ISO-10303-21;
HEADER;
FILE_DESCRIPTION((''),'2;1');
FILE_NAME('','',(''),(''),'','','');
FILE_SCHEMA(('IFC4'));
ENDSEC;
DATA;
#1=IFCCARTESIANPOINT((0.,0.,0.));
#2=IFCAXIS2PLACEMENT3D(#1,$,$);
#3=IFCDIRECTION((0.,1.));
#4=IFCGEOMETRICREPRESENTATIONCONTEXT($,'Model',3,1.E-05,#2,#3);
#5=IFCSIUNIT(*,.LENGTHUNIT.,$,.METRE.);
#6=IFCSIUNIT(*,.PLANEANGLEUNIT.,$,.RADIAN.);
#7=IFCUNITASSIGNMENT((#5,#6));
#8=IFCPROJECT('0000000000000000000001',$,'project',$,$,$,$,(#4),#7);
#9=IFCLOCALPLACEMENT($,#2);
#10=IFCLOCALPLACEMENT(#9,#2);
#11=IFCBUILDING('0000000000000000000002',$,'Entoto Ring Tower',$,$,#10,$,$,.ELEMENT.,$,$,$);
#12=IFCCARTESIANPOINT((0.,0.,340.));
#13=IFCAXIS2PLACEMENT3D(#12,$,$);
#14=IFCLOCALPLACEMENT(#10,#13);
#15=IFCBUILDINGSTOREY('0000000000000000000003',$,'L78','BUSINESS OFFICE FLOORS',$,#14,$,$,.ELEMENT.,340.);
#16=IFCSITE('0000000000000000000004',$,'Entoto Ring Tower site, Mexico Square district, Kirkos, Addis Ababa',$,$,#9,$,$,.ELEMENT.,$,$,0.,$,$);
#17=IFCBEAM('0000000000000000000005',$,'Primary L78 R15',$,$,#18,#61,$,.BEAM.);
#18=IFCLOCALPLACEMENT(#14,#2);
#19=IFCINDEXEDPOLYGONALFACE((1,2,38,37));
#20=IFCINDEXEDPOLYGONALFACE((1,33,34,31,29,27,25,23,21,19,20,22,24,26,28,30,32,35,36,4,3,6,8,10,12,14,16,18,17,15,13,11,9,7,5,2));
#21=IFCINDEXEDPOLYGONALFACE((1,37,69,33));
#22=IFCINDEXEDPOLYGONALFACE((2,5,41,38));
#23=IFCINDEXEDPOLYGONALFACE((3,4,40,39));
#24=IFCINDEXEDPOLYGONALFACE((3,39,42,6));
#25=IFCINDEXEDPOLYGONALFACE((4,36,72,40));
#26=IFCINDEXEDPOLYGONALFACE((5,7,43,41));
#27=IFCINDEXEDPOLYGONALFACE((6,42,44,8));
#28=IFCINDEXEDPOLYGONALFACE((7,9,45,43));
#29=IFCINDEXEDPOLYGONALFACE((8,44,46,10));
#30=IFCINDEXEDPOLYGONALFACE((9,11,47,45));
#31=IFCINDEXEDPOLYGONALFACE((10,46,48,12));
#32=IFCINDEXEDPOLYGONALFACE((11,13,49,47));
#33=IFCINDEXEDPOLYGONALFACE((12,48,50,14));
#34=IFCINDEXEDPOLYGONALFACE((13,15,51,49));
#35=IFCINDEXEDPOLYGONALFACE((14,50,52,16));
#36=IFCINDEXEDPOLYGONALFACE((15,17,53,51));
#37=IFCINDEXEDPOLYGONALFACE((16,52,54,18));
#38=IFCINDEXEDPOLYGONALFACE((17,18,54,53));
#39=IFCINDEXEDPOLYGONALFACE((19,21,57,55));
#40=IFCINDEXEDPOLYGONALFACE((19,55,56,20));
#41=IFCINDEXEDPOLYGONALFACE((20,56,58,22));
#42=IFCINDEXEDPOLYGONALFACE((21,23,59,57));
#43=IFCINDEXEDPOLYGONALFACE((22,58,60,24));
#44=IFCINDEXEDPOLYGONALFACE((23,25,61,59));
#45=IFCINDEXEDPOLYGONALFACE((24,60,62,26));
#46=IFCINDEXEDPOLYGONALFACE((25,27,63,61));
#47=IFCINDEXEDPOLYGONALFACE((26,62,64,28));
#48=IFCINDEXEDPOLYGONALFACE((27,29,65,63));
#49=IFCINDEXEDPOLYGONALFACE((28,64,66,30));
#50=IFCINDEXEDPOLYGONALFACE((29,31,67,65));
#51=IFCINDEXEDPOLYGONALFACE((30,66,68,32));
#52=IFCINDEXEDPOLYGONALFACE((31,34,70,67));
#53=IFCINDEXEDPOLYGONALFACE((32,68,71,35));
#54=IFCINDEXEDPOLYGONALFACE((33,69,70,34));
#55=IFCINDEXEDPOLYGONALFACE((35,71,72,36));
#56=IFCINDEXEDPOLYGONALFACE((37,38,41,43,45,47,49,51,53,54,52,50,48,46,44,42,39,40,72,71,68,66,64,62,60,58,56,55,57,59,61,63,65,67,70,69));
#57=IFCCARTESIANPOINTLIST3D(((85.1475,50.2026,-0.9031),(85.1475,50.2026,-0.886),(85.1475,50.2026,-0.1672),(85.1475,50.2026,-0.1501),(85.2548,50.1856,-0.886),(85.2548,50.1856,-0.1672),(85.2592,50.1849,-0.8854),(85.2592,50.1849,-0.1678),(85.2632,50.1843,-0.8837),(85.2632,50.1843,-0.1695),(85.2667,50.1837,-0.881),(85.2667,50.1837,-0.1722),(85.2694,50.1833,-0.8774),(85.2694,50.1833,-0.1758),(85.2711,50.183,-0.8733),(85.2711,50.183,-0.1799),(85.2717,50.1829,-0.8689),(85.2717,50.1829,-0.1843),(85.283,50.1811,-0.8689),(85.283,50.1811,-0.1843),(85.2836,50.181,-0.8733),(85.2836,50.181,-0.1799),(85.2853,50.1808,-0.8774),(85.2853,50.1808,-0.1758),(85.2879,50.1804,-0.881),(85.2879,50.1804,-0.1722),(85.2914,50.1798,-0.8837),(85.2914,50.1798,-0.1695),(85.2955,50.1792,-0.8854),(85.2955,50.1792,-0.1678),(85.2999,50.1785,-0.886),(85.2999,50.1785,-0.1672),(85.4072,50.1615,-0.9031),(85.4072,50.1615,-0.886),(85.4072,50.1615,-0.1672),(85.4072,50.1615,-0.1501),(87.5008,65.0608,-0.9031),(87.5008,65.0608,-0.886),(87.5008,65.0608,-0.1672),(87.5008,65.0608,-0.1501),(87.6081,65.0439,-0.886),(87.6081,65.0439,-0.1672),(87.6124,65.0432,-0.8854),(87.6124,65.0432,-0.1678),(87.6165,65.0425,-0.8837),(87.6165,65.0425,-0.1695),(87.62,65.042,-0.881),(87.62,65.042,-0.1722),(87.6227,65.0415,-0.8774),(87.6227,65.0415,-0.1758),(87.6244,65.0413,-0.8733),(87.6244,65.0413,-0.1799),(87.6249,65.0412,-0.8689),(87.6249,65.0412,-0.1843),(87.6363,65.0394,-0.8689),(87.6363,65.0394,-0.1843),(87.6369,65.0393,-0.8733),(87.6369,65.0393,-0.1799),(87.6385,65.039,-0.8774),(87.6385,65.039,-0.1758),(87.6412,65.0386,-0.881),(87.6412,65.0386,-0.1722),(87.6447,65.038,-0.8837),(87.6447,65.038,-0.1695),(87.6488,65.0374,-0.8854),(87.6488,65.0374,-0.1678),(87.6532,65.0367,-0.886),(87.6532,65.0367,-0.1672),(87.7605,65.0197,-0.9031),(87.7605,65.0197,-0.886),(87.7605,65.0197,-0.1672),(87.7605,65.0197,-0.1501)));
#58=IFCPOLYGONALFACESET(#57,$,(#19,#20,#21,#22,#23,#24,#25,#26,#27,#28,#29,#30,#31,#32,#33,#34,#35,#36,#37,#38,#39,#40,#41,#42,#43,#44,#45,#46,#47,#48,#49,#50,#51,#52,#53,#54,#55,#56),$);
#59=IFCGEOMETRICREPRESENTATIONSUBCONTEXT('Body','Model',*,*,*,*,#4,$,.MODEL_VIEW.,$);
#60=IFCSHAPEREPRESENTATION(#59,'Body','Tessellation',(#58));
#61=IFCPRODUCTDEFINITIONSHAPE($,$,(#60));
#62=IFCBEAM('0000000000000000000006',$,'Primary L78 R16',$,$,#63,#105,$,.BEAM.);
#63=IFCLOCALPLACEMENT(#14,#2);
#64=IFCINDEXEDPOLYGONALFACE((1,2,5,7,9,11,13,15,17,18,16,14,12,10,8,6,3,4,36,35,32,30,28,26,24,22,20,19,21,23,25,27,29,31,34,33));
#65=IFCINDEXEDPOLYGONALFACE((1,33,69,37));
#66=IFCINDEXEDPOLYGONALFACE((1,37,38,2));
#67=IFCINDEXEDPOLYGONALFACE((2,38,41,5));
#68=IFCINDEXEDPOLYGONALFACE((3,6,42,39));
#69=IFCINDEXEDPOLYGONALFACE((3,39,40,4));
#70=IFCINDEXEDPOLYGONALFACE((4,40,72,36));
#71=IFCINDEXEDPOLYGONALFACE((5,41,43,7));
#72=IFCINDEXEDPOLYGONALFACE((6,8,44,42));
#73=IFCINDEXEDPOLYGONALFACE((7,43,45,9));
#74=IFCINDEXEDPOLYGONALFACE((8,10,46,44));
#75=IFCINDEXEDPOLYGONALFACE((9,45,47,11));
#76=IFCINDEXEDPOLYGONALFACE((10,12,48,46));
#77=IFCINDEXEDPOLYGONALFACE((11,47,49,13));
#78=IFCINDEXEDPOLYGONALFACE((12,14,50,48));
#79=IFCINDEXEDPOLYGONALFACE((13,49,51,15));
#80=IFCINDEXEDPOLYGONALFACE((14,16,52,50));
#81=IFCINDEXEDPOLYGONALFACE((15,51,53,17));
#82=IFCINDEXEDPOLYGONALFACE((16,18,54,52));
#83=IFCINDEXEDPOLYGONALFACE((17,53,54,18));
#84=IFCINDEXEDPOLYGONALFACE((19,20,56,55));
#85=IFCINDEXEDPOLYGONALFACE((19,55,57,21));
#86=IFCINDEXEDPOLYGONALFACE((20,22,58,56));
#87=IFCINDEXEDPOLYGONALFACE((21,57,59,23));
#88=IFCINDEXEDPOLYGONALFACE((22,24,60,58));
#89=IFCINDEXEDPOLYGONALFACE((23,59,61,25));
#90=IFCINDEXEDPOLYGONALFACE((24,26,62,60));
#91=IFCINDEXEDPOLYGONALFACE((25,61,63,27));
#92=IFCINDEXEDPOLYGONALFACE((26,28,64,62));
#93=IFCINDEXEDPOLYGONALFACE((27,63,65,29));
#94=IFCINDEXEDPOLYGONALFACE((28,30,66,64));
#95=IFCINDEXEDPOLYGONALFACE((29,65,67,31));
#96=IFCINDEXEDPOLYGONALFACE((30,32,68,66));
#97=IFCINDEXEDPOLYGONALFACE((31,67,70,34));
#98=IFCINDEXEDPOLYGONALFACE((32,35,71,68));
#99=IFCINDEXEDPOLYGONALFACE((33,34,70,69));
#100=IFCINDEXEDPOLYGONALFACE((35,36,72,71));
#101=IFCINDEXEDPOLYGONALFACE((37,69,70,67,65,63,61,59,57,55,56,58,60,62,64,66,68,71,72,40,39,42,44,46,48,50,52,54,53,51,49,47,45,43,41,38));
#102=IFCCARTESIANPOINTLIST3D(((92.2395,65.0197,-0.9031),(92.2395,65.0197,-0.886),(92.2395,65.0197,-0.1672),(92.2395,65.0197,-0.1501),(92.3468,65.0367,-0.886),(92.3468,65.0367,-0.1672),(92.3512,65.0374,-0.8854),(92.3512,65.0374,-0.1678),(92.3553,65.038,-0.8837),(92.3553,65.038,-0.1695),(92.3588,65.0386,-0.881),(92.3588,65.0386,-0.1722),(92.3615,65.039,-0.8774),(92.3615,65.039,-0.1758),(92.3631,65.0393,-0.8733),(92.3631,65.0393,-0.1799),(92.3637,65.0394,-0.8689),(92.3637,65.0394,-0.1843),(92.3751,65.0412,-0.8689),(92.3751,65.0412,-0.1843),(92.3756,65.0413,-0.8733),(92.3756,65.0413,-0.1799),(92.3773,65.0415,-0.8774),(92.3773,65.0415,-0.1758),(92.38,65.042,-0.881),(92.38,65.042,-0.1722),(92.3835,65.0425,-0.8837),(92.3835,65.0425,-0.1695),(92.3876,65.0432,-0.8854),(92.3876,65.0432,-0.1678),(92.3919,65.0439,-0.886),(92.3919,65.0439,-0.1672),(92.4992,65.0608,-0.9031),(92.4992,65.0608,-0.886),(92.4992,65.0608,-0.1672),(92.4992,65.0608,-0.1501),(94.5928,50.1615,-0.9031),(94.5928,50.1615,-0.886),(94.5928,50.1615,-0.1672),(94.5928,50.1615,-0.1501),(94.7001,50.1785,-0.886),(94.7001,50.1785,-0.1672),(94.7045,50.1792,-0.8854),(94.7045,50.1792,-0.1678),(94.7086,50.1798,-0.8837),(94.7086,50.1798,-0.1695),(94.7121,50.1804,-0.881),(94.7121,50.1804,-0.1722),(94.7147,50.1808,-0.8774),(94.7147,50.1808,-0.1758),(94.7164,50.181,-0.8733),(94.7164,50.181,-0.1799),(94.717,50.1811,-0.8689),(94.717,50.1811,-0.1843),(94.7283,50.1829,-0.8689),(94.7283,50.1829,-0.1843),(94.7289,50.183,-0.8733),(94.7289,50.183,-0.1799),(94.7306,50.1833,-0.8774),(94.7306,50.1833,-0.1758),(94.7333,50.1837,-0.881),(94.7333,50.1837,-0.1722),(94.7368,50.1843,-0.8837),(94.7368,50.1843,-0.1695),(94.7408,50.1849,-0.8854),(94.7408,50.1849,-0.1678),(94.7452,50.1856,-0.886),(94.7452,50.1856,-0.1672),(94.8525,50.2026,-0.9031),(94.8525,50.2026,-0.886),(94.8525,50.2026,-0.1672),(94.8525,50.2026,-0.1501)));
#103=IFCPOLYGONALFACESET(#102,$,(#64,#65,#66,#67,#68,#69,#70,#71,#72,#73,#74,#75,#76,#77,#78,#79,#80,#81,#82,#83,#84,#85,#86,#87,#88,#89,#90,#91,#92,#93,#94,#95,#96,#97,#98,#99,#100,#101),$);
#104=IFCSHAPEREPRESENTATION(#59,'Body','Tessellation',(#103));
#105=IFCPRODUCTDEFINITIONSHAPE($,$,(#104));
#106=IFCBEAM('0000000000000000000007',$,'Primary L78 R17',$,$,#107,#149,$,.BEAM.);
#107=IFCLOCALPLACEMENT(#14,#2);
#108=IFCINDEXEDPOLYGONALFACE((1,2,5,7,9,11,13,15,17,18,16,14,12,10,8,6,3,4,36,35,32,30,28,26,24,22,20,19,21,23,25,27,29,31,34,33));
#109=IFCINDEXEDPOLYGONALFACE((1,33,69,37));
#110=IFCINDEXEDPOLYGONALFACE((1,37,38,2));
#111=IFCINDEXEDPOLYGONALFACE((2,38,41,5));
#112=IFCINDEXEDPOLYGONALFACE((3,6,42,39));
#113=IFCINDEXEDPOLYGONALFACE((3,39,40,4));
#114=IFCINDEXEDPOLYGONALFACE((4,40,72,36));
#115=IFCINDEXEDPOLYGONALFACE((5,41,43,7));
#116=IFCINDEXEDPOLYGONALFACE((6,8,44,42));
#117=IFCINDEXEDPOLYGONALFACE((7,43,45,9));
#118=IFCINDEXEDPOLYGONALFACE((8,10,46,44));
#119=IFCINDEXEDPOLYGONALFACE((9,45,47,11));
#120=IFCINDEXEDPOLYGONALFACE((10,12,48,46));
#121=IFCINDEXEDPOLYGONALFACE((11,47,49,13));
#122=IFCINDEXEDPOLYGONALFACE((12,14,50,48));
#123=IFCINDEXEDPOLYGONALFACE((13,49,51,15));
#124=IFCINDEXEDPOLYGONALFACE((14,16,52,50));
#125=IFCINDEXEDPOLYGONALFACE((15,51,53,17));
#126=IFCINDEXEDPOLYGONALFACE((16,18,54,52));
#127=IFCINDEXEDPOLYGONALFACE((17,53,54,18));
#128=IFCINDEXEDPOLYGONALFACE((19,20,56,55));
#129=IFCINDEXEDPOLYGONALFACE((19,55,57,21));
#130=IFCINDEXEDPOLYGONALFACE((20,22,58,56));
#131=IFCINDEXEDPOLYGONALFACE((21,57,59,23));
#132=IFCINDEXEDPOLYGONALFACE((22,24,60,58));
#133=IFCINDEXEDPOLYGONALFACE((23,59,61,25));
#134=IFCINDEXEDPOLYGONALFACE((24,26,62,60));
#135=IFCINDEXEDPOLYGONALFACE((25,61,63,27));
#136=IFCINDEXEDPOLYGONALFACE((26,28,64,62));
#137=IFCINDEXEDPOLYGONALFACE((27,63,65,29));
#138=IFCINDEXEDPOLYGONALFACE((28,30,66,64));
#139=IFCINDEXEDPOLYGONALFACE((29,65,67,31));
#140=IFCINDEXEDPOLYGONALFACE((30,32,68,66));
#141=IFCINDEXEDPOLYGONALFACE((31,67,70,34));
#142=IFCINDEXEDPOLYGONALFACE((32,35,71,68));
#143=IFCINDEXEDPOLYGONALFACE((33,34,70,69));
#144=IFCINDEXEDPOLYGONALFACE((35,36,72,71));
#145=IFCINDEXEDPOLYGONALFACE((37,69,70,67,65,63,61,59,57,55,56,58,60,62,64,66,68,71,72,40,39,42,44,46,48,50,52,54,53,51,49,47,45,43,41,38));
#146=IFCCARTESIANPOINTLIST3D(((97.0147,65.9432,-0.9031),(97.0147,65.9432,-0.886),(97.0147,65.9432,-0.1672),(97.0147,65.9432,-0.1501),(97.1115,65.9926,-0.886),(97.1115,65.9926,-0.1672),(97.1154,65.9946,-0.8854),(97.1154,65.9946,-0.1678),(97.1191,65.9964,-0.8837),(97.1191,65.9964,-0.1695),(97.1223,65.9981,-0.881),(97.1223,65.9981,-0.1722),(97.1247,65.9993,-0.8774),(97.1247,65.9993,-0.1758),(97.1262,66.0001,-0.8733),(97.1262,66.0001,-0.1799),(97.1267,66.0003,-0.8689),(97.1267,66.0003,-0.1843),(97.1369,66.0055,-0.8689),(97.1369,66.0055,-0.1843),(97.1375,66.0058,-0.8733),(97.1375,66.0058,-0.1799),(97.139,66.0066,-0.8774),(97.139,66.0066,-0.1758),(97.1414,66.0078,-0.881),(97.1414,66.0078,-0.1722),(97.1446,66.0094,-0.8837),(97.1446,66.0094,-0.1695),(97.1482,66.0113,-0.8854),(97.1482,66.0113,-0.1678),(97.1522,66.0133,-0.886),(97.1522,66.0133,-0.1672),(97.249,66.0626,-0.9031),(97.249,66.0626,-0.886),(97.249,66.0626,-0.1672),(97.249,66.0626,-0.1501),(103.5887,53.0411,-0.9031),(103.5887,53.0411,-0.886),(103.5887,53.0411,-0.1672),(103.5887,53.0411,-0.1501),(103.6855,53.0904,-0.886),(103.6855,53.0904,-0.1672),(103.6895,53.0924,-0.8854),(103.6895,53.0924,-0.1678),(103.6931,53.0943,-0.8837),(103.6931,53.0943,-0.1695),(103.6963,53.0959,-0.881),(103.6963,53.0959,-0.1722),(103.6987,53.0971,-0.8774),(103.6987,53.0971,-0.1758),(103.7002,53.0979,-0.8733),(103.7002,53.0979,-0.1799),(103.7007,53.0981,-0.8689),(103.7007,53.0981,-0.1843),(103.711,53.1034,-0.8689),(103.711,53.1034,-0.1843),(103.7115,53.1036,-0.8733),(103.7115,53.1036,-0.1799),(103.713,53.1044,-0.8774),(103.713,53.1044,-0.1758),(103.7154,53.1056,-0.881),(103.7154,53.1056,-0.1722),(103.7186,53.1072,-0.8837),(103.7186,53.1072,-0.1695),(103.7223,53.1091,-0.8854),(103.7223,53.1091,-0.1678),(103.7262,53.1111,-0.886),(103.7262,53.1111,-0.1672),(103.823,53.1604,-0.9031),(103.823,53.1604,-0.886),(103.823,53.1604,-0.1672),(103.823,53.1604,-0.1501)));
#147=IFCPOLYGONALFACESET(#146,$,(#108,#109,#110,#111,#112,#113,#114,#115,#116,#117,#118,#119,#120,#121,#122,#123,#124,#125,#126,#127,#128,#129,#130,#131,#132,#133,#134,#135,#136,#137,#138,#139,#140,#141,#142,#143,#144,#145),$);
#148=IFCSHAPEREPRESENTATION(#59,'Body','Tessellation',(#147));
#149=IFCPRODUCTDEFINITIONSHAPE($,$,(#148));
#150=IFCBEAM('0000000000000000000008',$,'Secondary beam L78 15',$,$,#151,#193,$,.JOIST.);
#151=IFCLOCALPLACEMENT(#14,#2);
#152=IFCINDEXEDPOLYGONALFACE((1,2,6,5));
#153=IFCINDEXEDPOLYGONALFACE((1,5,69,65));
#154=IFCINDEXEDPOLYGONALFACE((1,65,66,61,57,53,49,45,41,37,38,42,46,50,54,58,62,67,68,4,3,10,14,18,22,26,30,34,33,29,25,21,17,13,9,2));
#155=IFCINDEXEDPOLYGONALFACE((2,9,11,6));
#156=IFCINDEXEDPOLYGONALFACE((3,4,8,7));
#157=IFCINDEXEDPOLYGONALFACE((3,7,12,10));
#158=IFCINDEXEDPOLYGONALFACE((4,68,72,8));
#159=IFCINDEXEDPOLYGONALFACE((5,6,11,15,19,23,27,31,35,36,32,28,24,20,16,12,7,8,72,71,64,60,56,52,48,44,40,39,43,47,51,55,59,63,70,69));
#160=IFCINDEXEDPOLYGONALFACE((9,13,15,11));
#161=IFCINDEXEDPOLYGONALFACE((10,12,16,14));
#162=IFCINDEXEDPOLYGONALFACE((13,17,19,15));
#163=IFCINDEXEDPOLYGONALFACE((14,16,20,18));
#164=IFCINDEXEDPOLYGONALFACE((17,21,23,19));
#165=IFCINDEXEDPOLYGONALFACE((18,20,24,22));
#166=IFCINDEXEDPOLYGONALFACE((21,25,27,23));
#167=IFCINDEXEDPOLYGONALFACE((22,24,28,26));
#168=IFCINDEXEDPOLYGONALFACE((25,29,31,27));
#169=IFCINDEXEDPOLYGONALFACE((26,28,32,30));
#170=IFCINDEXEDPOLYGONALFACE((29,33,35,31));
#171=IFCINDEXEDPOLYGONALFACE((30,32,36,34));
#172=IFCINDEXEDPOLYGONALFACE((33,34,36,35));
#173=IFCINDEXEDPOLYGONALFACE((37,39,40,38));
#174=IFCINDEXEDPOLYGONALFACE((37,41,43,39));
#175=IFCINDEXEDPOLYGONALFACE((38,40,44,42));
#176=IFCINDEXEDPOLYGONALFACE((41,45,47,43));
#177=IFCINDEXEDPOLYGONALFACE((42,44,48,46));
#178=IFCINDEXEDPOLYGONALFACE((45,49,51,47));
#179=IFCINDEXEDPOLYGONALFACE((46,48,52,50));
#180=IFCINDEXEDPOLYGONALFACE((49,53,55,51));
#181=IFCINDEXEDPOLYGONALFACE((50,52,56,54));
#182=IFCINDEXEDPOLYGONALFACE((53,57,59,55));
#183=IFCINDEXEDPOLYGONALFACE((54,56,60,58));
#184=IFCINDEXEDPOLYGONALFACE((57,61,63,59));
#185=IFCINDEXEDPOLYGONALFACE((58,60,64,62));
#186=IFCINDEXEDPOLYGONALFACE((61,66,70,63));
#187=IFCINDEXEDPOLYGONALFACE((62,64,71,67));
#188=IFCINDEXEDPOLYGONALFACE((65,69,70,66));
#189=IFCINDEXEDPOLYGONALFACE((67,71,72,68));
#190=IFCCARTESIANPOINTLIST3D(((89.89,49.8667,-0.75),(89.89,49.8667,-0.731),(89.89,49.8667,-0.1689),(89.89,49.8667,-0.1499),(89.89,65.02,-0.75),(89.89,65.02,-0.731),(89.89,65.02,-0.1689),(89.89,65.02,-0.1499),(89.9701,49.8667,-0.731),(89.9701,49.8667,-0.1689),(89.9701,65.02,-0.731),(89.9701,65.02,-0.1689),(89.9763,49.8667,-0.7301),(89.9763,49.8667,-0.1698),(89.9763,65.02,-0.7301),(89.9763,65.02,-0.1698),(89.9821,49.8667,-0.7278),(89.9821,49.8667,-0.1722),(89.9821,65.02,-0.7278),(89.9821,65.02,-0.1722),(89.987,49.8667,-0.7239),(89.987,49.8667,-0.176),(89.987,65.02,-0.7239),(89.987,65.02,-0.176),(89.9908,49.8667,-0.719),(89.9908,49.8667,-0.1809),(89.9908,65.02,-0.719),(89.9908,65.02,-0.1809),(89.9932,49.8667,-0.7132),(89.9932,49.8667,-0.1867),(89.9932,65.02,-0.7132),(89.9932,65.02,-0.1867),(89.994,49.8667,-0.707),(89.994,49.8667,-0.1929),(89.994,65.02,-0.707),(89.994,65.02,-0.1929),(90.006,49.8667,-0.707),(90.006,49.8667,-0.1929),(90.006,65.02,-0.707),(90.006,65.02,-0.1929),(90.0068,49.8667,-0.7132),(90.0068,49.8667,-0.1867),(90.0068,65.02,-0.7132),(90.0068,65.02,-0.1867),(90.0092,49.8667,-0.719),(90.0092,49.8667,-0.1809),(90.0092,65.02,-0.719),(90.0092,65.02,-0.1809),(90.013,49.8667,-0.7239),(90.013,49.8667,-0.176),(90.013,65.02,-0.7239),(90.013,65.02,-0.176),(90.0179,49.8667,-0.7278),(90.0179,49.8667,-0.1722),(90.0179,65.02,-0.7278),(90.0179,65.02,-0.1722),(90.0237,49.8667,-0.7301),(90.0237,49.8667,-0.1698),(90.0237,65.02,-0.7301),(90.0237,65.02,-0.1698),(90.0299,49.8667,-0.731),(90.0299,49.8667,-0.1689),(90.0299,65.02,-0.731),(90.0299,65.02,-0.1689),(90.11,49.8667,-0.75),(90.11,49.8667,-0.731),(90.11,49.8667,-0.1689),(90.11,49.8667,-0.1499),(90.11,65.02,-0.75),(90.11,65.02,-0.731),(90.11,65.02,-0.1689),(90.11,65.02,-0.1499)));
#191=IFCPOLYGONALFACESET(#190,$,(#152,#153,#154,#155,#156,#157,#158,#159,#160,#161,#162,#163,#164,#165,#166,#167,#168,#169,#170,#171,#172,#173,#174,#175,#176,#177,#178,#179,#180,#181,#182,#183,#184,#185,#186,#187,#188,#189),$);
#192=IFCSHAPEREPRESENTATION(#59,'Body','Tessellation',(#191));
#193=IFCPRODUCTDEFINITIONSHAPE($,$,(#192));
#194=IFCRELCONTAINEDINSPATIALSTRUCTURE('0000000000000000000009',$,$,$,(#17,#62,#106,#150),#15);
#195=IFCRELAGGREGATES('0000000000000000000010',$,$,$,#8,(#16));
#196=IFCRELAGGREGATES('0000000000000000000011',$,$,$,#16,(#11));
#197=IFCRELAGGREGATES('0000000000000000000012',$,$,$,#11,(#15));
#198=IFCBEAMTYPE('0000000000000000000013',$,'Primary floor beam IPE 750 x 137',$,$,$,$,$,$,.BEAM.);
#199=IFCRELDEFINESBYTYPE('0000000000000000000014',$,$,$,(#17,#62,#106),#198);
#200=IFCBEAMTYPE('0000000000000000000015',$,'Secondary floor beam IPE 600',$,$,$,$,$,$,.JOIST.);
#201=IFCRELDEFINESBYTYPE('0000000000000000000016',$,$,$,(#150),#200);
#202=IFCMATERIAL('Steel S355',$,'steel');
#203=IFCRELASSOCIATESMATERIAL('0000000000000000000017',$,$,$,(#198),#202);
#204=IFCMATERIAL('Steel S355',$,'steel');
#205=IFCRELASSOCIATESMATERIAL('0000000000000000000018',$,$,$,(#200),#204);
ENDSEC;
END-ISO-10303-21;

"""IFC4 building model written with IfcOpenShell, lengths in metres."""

from ifc_helpers import new_model, si_unit, direction, frame, origin, origin_2d, place, context, subcontext, project, spatial, i_section, extrude, material, material_profile, profile_set, type_object, element, save


model = new_model("IFC4")

# Units and contexts
model_context = context("Model", 3, precision=1e-05, world=origin(), true_north=direction((0.0, 1.0)))
body_context = subcontext(model_context, "Body", "Model", "MODEL_VIEW")
ifc_project = project(units=[si_unit("LENGTHUNIT", "METRE"), si_unit("PLANEANGLEUNIT", "RADIAN")], contexts=[model_context])

# Site, building, storey
site_placement = place(None, origin())
site = spatial("IfcSite", under=ifc_project, at=site_placement, Name="Entoto Ring Tower site, Mexico Square district, Kirkos, Addis Ababa", CompositionType="ELEMENT", RefElevation=0.0)
building_placement = place(site_placement, origin())
building = spatial("IfcBuilding", under=site, at=building_placement, Name="Entoto Ring Tower", CompositionType="ELEMENT")
storey_placement = place(building_placement, frame((0.0, 0.0, 340.0)))
storey = spatial("IfcBuildingStorey", under=building, at=storey_placement, Name="L78", Description="BUSINESS OFFICE FLOORS", CompositionType="ELEMENT", Elevation=340.0)

# Beams
ifc_material_1 = material(Name="Steel S355", Category="steel")
ifc_material_profile_1 = material_profile(ifc_material_1, i_section(OverallWidth=0.2629, OverallDepth=0.7529, WebThickness=0.0115, FlangeThickness=0.0171, FilletRadius=0.0171, at=origin_2d()), Name="IPE 750 x 137")
ifc_profile_set_1 = profile_set([ifc_material_profile_1], Name="Steel S355")
beam_type_1 = type_object("IfcBeamType", Name="Primary floor beam IPE 750 x 137", PredefinedType="BEAM", material=ifc_profile_set_1)
for number, where, z_axis, x_axis, name in (
    (1, (87.6306, 65.0403, -0.5266), (-0.156433, -0.987689, 0.0), (0.987689, -0.156433, 0.0), "Primary L78 R15"),
    (2, (92.3694, 65.0403, -0.5266), (0.156433, -0.987689, 0.0), (0.987689, 0.156433, 0.0), "Primary L78 R16"),
):
    element("IfcBeam", number, at=place(storey_placement, frame(where, z_axis=z_axis, x_axis=x_axis)), inside=storey, type_object=beam_type_1, Name=name, PredefinedType="BEAM", context=body_context, shape_type="SweptSolid", body=[
        extrude(i_section(OverallWidth=0.2629, OverallDepth=0.7529, WebThickness=0.0115, FlangeThickness=0.0171, FilletRadius=0.0171, at=origin_2d()), origin(), (0.0, 0.0, 1.0), 15.0435),
    ])
beam_1_placement = place(storey_placement, frame((97.1318, 66.0029, -0.5266), z_axis=(0.453992, -0.891006, 0.0), x_axis=(0.891006, 0.453992, 0.0)))
element("IfcBeam", 3, at=beam_1_placement, inside=storey, type_object=beam_type_1, Name="Primary L78 R17", PredefinedType="BEAM", context=body_context, shape_type="SweptSolid", body=[
    extrude(i_section(OverallWidth=0.2629, OverallDepth=0.7529, WebThickness=0.0115, FlangeThickness=0.0171, FilletRadius=0.0171, at=origin_2d()), origin(), (0.0, 0.0, 1.0), 14.4805),
])
ifc_material_2 = material(Name="Steel S355", Category="steel")
ifc_material_profile_2 = material_profile(ifc_material_2, i_section(OverallWidth=0.22, OverallDepth=0.6001, WebThickness=0.012, FlangeThickness=0.019, FilletRadius=0.0239, at=origin_2d()), Name="IPE 600")
ifc_profile_set_2 = profile_set([ifc_material_profile_2], Name="Steel S355")
beam_type_2 = type_object("IfcBeamType", Name="Secondary floor beam IPE 600", PredefinedType="JOIST", material=ifc_profile_set_2)
beam_2_placement = place(storey_placement, frame((90.0, 65.02, -0.45), z_axis=(0.0, -1.0, 0.0), x_axis=(1.0, 0.0, 0.0)))
element("IfcBeam", 4, at=beam_2_placement, inside=storey, type_object=beam_type_2, Name="Secondary beam L78 15", PredefinedType="JOIST", context=body_context, shape_type="SweptSolid", body=[
    extrude(i_section(OverallWidth=0.22, OverallDepth=0.6001, WebThickness=0.012, FlangeThickness=0.019, FilletRadius=0.0239, at=origin_2d()), origin(), (0.0, 0.0, 1.0), 15.1533),
])

save(model, "model.ifc")
